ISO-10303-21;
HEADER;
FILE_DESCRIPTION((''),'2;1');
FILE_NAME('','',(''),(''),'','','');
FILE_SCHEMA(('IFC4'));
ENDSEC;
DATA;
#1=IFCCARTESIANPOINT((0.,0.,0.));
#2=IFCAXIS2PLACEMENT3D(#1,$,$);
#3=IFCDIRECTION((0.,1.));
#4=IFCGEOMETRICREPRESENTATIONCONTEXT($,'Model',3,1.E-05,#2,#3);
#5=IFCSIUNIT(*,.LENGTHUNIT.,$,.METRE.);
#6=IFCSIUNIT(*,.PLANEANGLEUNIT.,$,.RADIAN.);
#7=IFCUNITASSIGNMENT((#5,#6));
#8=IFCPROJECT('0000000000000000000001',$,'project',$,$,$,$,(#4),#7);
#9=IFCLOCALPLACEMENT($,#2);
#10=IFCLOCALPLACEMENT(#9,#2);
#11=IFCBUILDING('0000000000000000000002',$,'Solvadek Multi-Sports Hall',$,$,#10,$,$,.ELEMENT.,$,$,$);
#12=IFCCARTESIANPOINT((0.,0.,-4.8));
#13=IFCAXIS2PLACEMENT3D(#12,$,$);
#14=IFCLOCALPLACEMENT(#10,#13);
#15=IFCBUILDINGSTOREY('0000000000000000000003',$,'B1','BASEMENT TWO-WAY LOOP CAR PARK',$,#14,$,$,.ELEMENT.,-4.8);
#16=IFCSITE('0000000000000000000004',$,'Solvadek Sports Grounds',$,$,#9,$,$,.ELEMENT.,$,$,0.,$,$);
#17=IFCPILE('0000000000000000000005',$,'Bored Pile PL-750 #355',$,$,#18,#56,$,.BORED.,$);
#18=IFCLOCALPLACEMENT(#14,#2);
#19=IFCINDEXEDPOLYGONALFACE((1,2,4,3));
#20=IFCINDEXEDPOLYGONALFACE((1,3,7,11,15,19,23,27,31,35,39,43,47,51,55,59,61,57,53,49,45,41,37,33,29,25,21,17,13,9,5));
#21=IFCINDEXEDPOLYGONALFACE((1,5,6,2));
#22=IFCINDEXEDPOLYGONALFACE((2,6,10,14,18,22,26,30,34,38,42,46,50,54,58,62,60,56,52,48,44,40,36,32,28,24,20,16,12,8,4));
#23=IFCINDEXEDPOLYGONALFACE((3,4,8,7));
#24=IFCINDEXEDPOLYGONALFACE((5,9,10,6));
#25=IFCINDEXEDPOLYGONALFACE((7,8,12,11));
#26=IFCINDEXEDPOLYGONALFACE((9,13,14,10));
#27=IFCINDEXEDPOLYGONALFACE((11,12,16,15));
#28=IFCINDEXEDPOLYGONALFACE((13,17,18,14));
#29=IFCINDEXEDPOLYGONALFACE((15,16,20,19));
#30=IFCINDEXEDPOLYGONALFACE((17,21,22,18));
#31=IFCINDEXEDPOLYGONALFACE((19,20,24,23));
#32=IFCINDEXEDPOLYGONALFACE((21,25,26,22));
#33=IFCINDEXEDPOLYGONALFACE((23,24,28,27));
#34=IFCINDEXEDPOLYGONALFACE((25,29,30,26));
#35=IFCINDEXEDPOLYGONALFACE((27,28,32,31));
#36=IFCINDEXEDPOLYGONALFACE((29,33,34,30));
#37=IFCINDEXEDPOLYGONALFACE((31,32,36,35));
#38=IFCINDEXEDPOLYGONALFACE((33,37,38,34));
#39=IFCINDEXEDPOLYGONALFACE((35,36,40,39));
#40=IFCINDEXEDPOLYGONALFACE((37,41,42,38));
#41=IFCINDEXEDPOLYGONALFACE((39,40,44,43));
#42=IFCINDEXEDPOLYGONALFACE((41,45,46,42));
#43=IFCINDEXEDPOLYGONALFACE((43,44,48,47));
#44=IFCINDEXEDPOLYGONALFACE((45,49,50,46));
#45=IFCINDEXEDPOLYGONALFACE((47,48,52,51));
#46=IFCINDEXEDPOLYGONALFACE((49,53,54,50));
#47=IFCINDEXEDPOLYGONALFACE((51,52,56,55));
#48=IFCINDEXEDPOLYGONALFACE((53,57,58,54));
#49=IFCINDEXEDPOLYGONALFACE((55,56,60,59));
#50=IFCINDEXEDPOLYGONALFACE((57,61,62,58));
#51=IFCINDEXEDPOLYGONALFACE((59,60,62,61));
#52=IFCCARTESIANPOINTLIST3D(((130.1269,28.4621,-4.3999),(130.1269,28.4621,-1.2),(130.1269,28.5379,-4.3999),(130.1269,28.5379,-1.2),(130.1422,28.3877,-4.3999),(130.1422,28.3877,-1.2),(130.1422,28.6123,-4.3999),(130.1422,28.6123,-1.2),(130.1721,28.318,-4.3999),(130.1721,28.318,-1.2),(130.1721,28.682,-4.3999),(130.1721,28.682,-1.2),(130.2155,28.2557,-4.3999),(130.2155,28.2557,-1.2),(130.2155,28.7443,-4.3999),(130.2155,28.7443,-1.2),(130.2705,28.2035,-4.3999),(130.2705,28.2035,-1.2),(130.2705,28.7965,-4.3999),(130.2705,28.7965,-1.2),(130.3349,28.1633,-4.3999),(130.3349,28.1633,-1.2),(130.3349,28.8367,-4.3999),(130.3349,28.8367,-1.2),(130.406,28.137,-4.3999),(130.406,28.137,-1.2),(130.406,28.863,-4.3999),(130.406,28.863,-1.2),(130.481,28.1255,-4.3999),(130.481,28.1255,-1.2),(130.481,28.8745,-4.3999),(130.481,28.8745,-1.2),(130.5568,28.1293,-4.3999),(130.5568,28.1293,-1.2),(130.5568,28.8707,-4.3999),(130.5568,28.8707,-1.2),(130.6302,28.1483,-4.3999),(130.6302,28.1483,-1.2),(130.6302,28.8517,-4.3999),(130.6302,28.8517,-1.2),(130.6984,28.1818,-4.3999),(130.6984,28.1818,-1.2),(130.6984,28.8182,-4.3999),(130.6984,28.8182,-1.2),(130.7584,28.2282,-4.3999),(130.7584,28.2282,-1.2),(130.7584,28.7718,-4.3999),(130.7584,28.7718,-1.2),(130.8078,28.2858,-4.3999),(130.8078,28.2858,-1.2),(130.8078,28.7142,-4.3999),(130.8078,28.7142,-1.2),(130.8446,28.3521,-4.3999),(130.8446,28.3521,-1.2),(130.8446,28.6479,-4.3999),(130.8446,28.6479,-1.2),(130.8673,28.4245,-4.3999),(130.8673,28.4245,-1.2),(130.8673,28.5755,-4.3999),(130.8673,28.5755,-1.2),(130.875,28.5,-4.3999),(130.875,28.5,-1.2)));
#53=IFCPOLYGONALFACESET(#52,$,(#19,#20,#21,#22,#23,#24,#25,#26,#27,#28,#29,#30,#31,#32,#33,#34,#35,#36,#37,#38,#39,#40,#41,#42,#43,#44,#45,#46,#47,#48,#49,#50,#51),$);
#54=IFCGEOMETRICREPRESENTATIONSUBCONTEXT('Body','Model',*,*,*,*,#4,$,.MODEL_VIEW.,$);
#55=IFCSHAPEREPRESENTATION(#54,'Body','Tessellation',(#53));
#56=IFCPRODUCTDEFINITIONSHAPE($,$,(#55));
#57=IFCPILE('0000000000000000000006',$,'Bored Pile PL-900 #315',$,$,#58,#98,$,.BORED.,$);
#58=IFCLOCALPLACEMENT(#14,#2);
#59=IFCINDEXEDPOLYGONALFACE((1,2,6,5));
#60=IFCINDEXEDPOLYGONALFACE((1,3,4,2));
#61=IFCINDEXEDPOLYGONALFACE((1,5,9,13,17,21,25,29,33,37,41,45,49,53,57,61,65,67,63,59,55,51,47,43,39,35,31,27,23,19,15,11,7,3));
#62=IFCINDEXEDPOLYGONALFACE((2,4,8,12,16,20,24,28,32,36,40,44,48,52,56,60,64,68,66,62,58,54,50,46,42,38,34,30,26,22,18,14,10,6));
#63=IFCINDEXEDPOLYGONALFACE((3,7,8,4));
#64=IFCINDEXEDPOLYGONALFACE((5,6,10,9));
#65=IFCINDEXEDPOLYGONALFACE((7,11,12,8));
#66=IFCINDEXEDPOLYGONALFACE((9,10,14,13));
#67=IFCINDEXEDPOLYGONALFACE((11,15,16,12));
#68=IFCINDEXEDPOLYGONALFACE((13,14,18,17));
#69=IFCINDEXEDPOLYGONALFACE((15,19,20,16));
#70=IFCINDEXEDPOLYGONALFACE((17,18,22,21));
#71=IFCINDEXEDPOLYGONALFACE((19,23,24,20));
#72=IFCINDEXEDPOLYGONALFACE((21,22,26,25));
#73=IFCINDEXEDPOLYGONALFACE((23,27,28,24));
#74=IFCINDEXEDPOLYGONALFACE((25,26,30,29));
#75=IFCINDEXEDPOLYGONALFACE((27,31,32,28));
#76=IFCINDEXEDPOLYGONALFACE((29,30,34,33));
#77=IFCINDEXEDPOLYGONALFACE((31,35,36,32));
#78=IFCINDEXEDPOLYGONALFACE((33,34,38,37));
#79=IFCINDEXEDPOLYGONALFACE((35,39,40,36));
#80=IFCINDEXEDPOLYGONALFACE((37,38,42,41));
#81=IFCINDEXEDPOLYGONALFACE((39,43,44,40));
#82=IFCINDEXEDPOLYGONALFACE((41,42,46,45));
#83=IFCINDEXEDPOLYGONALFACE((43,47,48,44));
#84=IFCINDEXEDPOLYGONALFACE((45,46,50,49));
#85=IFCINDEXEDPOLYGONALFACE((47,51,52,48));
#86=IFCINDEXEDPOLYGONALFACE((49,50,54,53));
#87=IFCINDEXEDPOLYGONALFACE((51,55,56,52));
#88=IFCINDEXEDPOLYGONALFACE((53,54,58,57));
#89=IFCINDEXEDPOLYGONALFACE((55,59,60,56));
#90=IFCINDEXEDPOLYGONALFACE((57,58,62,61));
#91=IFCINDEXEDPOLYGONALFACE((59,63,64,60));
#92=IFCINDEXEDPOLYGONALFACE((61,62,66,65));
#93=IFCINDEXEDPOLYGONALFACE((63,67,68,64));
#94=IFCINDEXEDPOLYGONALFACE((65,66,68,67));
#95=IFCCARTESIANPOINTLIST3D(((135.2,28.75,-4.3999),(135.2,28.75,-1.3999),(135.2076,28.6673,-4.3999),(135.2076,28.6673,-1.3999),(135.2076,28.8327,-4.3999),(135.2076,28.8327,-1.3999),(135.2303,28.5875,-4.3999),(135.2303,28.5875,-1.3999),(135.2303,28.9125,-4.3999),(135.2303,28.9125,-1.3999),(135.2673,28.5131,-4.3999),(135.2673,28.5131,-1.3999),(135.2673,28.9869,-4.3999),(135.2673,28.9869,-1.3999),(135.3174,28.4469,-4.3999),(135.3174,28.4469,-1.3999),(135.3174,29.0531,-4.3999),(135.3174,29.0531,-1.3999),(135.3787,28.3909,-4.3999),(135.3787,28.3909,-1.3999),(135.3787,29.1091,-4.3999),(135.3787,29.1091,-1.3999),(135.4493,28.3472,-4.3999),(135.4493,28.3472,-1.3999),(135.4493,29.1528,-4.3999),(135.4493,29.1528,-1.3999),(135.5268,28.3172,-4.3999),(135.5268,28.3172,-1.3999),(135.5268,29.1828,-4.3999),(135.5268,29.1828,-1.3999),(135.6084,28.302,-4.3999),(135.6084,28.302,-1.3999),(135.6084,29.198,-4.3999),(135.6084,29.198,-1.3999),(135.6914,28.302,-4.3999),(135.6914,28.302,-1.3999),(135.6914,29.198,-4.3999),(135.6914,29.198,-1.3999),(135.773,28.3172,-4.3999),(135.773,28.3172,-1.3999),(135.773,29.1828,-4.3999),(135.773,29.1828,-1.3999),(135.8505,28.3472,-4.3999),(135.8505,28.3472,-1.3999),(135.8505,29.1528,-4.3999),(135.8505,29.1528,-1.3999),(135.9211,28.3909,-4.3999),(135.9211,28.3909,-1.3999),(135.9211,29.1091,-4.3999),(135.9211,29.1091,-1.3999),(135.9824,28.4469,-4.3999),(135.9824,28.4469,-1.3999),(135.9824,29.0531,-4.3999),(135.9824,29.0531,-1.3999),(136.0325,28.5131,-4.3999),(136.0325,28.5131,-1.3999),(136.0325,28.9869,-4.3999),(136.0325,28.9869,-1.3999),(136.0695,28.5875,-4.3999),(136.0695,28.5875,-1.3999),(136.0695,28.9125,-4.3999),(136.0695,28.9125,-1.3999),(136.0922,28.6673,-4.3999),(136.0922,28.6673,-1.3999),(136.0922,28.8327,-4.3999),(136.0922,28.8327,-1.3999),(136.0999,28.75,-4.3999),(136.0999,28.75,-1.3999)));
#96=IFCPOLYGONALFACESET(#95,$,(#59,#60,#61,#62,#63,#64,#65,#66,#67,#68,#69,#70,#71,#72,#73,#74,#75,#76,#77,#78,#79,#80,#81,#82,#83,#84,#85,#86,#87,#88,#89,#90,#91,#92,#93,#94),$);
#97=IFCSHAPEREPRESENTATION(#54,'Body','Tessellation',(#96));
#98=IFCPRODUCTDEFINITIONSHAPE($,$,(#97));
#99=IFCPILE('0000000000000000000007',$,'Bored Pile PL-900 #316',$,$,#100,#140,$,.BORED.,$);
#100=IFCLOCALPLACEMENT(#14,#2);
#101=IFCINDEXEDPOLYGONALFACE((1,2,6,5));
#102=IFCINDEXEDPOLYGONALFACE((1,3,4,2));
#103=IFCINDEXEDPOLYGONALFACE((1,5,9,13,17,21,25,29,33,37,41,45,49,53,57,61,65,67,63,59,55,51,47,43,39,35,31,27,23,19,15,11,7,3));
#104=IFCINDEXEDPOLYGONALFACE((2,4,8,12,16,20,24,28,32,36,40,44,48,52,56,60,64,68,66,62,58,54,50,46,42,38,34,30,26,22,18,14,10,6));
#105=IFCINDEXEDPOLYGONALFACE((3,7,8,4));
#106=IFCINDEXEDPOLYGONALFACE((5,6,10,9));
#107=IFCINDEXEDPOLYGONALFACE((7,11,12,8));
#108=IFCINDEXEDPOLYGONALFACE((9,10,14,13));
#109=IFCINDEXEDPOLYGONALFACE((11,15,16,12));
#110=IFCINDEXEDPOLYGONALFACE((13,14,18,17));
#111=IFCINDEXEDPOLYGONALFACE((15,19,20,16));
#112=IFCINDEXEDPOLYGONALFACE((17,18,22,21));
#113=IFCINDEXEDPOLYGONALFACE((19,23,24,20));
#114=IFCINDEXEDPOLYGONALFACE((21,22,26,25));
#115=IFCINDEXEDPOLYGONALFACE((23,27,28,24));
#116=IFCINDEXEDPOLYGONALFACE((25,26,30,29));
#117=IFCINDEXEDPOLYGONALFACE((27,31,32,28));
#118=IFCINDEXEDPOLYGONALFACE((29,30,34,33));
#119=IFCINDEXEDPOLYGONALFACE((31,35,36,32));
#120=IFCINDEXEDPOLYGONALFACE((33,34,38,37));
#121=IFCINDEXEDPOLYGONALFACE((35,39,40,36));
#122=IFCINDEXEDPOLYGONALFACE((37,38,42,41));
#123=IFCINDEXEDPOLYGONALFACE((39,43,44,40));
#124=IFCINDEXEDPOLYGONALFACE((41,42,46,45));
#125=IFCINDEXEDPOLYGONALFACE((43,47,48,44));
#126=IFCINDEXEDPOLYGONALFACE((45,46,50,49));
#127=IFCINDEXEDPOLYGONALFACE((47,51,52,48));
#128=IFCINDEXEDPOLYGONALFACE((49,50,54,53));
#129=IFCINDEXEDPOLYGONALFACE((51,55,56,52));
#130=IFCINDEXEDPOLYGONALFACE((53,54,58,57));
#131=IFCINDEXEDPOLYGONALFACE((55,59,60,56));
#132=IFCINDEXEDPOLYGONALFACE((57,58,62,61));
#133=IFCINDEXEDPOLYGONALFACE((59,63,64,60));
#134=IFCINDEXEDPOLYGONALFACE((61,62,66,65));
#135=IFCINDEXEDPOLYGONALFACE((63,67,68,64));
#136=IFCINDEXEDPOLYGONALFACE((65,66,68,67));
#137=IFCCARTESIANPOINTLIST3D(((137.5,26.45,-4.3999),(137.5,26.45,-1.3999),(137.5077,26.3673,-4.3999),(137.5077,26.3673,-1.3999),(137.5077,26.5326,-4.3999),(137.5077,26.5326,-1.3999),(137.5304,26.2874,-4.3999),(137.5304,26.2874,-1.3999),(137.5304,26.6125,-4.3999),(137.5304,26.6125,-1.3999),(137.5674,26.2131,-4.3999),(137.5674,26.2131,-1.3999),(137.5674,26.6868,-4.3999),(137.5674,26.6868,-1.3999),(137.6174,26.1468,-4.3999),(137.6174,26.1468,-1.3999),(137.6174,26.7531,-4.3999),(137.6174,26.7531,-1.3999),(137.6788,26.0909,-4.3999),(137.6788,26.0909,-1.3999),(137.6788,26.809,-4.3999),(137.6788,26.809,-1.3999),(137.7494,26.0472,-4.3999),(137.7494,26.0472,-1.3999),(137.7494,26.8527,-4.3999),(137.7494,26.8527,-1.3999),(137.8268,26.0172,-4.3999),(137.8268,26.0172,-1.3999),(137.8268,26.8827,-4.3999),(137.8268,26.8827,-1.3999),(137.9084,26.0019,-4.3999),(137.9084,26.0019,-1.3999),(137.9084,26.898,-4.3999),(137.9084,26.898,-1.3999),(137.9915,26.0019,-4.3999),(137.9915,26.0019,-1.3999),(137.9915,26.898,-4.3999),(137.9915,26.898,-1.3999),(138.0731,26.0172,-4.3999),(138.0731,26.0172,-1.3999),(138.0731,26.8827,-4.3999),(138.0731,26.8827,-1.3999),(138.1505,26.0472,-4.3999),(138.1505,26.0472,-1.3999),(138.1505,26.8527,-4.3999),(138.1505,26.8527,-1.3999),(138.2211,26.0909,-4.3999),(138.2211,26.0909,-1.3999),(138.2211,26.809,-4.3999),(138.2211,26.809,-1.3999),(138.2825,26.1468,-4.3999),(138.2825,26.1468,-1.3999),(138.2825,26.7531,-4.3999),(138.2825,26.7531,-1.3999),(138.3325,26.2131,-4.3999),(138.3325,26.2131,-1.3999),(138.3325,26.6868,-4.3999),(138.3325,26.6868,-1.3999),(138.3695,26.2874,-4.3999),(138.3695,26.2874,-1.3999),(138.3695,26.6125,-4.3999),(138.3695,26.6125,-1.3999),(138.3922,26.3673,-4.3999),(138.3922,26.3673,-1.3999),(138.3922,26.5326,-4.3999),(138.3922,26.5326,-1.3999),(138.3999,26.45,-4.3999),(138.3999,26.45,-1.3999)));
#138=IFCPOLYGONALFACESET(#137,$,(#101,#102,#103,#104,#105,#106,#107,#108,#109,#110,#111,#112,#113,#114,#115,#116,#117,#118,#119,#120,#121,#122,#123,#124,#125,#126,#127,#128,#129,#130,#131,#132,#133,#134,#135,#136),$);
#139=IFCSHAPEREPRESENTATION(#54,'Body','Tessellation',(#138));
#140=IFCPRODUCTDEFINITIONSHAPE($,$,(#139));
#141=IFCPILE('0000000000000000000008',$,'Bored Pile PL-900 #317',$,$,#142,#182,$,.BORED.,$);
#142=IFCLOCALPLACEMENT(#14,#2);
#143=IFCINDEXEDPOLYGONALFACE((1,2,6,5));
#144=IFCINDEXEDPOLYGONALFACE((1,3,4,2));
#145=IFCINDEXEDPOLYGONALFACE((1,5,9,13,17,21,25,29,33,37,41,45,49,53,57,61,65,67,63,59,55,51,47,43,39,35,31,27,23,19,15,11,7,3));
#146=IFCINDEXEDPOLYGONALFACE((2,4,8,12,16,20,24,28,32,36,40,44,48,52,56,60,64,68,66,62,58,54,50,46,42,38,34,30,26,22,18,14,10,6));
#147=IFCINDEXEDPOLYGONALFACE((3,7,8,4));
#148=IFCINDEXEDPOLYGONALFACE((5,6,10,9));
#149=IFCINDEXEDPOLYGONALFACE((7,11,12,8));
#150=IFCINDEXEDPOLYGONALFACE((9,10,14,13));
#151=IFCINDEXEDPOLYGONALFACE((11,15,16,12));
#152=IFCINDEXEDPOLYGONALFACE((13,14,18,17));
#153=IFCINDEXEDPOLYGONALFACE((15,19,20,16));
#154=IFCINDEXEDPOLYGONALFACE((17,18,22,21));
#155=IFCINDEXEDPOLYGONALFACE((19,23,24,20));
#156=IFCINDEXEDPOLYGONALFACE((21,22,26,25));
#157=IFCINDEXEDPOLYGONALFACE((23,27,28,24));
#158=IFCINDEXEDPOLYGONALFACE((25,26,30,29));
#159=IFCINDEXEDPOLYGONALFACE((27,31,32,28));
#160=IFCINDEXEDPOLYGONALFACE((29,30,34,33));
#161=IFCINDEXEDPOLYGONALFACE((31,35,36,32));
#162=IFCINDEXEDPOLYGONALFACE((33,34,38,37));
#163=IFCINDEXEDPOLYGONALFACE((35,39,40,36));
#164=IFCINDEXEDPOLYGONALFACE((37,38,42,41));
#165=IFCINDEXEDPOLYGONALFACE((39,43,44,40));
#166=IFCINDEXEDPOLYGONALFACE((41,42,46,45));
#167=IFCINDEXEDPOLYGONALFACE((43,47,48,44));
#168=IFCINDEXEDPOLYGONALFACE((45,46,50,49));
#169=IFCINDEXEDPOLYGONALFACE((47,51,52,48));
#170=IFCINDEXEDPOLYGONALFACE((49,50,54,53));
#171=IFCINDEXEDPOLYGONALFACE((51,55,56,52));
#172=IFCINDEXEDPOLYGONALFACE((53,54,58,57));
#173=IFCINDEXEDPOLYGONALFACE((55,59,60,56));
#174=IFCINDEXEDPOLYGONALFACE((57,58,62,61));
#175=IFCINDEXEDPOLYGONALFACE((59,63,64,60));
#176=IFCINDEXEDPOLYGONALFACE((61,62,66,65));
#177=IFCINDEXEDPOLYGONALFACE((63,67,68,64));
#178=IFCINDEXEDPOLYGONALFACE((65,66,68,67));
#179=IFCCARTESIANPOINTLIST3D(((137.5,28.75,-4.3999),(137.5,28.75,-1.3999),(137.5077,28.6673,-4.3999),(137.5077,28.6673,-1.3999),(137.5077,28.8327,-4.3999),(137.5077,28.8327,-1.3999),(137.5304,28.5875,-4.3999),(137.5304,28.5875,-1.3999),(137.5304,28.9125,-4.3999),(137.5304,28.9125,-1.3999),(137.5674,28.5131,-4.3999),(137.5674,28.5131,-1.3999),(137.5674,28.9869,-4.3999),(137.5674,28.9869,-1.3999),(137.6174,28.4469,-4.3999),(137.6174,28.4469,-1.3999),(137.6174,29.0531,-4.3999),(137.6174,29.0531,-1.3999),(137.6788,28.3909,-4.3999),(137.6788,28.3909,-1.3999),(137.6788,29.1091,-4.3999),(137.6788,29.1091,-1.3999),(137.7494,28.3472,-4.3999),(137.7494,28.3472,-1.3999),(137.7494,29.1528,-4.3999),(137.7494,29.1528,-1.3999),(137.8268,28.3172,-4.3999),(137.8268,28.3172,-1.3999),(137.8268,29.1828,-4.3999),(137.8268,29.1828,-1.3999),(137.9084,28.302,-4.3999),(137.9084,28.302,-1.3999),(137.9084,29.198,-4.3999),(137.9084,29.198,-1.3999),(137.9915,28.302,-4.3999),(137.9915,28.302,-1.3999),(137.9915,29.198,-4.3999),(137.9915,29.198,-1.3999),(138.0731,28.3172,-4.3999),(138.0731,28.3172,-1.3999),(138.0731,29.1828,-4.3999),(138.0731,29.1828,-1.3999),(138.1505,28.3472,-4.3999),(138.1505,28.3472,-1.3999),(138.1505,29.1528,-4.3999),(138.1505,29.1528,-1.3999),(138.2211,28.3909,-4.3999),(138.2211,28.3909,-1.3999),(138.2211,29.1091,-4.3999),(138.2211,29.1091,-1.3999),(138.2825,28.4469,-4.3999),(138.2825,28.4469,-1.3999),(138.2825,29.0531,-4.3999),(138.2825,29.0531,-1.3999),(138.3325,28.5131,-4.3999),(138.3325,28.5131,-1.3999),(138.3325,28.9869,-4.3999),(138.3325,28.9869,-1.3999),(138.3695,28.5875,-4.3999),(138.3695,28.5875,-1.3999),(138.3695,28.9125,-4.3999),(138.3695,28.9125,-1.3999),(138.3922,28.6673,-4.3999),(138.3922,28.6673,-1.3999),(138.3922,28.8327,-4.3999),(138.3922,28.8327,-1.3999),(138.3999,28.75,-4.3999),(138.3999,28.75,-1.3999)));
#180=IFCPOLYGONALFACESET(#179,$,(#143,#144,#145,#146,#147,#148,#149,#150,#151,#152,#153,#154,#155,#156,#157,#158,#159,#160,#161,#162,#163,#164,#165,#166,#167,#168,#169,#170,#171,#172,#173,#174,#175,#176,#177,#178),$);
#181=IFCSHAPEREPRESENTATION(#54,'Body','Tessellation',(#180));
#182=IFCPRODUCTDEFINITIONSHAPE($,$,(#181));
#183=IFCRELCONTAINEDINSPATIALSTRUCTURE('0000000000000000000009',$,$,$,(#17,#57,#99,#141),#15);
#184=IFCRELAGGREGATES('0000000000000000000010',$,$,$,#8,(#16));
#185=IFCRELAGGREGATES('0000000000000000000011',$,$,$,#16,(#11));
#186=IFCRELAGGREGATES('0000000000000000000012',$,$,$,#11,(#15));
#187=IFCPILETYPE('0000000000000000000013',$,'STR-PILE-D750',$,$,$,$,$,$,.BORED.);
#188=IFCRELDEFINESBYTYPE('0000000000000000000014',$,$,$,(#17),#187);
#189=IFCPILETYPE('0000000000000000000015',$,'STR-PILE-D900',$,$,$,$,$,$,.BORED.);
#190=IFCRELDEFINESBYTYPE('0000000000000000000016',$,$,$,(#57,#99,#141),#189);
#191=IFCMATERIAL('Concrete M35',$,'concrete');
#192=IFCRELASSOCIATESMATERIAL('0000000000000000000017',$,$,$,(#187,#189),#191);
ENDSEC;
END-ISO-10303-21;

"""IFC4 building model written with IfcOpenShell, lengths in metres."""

from ifc_helpers import new_model, si_unit, direction, frame, origin, origin_2d, place, context, subcontext, project, spatial, circle, extrude, material, material_profile, profile_set, type_object, element, save


model = new_model("IFC4")

# Units and contexts
model_context = context("Model", 3, precision=1e-05, world=origin(), true_north=direction((0.0, 1.0)))
body_context = subcontext(model_context, "Body", "Model", "MODEL_VIEW")
ifc_project = project(units=[si_unit("LENGTHUNIT", "METRE"), si_unit("PLANEANGLEUNIT", "RADIAN")], contexts=[model_context])

# Site, building, storey
site_placement = place(None, origin())
site = spatial("IfcSite", under=ifc_project, at=site_placement, Name="Solvadek Sports Grounds", CompositionType="ELEMENT", RefElevation=0.0)
building_placement = place(site_placement, origin())
building = spatial("IfcBuilding", under=site, at=building_placement, Name="Solvadek Multi-Sports Hall", CompositionType="ELEMENT")
storey_placement = place(building_placement, frame((0.0, 0.0, -4.8)))
storey = spatial("IfcBuildingStorey", under=building, at=storey_placement, Name="B1", Description="BASEMENT TWO-WAY LOOP CAR PARK", CompositionType="ELEMENT", Elevation=-4.8)

# Piles
ifc_material_1 = material(Name="Concrete M35", Category="concrete")
ifc_material_profile_1 = material_profile(ifc_material_1, circle(Radius=0.375, at=origin_2d()), Name="BORED PILE D750")
ifc_profile_set_1 = profile_set([ifc_material_profile_1], Name="Concrete M35")
pile_type_1 = type_object("IfcPileType", Name="STR-PILE-D750", PredefinedType="BORED", material=ifc_profile_set_1)
pile_1_placement = place(storey_placement, frame((130.5, 28.5, -1.2), z_axis=(0.0, 0.0, -1.0), x_axis=(1.0, 0.0, 0.0)))
element("IfcPile", 1, at=pile_1_placement, inside=storey, type_object=pile_type_1, Name="Bored Pile PL-750 #355", PredefinedType="BORED", context=body_context, shape_type="SweptSolid", body=[
    extrude(circle(Radius=0.375, at=origin_2d()), origin(), (0.0, 0.0, 1.0), 3.2),
])
ifc_material_profile_2 = material_profile(ifc_material_1, circle(Radius=0.45, at=origin_2d()), Name="BORED PILE D900")
ifc_profile_set_2 = profile_set([ifc_material_profile_2], Name="Concrete M35")
pile_type_2 = type_object("IfcPileType", Name="STR-PILE-D900", PredefinedType="BORED", material=ifc_profile_set_2)
for number, where, z_axis, x_axis, name in (
    (2, (135.6499, 28.75, -1.3999), (0.0, 0.0, -1.0), (1.0, 0.0, 0.0), "Bored Pile PL-900 #315"),
    (3, (137.95, 26.45, -1.3999), (0.0, 0.0, -1.0), (1.0, 0.0, 0.0), "Bored Pile PL-900 #316"),
    (4, (137.95, 28.75, -1.3999), (0.0, 0.0, -1.0), (1.0, 0.0, 0.0), "Bored Pile PL-900 #317"),
):
    element("IfcPile", number, at=place(storey_placement, frame(where, z_axis=z_axis, x_axis=x_axis)), inside=storey, type_object=pile_type_2, Name=name, PredefinedType="BORED", context=body_context, shape_type="SweptSolid", body=[
        extrude(circle(Radius=0.45, at=origin_2d()), origin(), (0.0, 0.0, 1.0), 3.0),
    ])

save(model, "model.ifc")
